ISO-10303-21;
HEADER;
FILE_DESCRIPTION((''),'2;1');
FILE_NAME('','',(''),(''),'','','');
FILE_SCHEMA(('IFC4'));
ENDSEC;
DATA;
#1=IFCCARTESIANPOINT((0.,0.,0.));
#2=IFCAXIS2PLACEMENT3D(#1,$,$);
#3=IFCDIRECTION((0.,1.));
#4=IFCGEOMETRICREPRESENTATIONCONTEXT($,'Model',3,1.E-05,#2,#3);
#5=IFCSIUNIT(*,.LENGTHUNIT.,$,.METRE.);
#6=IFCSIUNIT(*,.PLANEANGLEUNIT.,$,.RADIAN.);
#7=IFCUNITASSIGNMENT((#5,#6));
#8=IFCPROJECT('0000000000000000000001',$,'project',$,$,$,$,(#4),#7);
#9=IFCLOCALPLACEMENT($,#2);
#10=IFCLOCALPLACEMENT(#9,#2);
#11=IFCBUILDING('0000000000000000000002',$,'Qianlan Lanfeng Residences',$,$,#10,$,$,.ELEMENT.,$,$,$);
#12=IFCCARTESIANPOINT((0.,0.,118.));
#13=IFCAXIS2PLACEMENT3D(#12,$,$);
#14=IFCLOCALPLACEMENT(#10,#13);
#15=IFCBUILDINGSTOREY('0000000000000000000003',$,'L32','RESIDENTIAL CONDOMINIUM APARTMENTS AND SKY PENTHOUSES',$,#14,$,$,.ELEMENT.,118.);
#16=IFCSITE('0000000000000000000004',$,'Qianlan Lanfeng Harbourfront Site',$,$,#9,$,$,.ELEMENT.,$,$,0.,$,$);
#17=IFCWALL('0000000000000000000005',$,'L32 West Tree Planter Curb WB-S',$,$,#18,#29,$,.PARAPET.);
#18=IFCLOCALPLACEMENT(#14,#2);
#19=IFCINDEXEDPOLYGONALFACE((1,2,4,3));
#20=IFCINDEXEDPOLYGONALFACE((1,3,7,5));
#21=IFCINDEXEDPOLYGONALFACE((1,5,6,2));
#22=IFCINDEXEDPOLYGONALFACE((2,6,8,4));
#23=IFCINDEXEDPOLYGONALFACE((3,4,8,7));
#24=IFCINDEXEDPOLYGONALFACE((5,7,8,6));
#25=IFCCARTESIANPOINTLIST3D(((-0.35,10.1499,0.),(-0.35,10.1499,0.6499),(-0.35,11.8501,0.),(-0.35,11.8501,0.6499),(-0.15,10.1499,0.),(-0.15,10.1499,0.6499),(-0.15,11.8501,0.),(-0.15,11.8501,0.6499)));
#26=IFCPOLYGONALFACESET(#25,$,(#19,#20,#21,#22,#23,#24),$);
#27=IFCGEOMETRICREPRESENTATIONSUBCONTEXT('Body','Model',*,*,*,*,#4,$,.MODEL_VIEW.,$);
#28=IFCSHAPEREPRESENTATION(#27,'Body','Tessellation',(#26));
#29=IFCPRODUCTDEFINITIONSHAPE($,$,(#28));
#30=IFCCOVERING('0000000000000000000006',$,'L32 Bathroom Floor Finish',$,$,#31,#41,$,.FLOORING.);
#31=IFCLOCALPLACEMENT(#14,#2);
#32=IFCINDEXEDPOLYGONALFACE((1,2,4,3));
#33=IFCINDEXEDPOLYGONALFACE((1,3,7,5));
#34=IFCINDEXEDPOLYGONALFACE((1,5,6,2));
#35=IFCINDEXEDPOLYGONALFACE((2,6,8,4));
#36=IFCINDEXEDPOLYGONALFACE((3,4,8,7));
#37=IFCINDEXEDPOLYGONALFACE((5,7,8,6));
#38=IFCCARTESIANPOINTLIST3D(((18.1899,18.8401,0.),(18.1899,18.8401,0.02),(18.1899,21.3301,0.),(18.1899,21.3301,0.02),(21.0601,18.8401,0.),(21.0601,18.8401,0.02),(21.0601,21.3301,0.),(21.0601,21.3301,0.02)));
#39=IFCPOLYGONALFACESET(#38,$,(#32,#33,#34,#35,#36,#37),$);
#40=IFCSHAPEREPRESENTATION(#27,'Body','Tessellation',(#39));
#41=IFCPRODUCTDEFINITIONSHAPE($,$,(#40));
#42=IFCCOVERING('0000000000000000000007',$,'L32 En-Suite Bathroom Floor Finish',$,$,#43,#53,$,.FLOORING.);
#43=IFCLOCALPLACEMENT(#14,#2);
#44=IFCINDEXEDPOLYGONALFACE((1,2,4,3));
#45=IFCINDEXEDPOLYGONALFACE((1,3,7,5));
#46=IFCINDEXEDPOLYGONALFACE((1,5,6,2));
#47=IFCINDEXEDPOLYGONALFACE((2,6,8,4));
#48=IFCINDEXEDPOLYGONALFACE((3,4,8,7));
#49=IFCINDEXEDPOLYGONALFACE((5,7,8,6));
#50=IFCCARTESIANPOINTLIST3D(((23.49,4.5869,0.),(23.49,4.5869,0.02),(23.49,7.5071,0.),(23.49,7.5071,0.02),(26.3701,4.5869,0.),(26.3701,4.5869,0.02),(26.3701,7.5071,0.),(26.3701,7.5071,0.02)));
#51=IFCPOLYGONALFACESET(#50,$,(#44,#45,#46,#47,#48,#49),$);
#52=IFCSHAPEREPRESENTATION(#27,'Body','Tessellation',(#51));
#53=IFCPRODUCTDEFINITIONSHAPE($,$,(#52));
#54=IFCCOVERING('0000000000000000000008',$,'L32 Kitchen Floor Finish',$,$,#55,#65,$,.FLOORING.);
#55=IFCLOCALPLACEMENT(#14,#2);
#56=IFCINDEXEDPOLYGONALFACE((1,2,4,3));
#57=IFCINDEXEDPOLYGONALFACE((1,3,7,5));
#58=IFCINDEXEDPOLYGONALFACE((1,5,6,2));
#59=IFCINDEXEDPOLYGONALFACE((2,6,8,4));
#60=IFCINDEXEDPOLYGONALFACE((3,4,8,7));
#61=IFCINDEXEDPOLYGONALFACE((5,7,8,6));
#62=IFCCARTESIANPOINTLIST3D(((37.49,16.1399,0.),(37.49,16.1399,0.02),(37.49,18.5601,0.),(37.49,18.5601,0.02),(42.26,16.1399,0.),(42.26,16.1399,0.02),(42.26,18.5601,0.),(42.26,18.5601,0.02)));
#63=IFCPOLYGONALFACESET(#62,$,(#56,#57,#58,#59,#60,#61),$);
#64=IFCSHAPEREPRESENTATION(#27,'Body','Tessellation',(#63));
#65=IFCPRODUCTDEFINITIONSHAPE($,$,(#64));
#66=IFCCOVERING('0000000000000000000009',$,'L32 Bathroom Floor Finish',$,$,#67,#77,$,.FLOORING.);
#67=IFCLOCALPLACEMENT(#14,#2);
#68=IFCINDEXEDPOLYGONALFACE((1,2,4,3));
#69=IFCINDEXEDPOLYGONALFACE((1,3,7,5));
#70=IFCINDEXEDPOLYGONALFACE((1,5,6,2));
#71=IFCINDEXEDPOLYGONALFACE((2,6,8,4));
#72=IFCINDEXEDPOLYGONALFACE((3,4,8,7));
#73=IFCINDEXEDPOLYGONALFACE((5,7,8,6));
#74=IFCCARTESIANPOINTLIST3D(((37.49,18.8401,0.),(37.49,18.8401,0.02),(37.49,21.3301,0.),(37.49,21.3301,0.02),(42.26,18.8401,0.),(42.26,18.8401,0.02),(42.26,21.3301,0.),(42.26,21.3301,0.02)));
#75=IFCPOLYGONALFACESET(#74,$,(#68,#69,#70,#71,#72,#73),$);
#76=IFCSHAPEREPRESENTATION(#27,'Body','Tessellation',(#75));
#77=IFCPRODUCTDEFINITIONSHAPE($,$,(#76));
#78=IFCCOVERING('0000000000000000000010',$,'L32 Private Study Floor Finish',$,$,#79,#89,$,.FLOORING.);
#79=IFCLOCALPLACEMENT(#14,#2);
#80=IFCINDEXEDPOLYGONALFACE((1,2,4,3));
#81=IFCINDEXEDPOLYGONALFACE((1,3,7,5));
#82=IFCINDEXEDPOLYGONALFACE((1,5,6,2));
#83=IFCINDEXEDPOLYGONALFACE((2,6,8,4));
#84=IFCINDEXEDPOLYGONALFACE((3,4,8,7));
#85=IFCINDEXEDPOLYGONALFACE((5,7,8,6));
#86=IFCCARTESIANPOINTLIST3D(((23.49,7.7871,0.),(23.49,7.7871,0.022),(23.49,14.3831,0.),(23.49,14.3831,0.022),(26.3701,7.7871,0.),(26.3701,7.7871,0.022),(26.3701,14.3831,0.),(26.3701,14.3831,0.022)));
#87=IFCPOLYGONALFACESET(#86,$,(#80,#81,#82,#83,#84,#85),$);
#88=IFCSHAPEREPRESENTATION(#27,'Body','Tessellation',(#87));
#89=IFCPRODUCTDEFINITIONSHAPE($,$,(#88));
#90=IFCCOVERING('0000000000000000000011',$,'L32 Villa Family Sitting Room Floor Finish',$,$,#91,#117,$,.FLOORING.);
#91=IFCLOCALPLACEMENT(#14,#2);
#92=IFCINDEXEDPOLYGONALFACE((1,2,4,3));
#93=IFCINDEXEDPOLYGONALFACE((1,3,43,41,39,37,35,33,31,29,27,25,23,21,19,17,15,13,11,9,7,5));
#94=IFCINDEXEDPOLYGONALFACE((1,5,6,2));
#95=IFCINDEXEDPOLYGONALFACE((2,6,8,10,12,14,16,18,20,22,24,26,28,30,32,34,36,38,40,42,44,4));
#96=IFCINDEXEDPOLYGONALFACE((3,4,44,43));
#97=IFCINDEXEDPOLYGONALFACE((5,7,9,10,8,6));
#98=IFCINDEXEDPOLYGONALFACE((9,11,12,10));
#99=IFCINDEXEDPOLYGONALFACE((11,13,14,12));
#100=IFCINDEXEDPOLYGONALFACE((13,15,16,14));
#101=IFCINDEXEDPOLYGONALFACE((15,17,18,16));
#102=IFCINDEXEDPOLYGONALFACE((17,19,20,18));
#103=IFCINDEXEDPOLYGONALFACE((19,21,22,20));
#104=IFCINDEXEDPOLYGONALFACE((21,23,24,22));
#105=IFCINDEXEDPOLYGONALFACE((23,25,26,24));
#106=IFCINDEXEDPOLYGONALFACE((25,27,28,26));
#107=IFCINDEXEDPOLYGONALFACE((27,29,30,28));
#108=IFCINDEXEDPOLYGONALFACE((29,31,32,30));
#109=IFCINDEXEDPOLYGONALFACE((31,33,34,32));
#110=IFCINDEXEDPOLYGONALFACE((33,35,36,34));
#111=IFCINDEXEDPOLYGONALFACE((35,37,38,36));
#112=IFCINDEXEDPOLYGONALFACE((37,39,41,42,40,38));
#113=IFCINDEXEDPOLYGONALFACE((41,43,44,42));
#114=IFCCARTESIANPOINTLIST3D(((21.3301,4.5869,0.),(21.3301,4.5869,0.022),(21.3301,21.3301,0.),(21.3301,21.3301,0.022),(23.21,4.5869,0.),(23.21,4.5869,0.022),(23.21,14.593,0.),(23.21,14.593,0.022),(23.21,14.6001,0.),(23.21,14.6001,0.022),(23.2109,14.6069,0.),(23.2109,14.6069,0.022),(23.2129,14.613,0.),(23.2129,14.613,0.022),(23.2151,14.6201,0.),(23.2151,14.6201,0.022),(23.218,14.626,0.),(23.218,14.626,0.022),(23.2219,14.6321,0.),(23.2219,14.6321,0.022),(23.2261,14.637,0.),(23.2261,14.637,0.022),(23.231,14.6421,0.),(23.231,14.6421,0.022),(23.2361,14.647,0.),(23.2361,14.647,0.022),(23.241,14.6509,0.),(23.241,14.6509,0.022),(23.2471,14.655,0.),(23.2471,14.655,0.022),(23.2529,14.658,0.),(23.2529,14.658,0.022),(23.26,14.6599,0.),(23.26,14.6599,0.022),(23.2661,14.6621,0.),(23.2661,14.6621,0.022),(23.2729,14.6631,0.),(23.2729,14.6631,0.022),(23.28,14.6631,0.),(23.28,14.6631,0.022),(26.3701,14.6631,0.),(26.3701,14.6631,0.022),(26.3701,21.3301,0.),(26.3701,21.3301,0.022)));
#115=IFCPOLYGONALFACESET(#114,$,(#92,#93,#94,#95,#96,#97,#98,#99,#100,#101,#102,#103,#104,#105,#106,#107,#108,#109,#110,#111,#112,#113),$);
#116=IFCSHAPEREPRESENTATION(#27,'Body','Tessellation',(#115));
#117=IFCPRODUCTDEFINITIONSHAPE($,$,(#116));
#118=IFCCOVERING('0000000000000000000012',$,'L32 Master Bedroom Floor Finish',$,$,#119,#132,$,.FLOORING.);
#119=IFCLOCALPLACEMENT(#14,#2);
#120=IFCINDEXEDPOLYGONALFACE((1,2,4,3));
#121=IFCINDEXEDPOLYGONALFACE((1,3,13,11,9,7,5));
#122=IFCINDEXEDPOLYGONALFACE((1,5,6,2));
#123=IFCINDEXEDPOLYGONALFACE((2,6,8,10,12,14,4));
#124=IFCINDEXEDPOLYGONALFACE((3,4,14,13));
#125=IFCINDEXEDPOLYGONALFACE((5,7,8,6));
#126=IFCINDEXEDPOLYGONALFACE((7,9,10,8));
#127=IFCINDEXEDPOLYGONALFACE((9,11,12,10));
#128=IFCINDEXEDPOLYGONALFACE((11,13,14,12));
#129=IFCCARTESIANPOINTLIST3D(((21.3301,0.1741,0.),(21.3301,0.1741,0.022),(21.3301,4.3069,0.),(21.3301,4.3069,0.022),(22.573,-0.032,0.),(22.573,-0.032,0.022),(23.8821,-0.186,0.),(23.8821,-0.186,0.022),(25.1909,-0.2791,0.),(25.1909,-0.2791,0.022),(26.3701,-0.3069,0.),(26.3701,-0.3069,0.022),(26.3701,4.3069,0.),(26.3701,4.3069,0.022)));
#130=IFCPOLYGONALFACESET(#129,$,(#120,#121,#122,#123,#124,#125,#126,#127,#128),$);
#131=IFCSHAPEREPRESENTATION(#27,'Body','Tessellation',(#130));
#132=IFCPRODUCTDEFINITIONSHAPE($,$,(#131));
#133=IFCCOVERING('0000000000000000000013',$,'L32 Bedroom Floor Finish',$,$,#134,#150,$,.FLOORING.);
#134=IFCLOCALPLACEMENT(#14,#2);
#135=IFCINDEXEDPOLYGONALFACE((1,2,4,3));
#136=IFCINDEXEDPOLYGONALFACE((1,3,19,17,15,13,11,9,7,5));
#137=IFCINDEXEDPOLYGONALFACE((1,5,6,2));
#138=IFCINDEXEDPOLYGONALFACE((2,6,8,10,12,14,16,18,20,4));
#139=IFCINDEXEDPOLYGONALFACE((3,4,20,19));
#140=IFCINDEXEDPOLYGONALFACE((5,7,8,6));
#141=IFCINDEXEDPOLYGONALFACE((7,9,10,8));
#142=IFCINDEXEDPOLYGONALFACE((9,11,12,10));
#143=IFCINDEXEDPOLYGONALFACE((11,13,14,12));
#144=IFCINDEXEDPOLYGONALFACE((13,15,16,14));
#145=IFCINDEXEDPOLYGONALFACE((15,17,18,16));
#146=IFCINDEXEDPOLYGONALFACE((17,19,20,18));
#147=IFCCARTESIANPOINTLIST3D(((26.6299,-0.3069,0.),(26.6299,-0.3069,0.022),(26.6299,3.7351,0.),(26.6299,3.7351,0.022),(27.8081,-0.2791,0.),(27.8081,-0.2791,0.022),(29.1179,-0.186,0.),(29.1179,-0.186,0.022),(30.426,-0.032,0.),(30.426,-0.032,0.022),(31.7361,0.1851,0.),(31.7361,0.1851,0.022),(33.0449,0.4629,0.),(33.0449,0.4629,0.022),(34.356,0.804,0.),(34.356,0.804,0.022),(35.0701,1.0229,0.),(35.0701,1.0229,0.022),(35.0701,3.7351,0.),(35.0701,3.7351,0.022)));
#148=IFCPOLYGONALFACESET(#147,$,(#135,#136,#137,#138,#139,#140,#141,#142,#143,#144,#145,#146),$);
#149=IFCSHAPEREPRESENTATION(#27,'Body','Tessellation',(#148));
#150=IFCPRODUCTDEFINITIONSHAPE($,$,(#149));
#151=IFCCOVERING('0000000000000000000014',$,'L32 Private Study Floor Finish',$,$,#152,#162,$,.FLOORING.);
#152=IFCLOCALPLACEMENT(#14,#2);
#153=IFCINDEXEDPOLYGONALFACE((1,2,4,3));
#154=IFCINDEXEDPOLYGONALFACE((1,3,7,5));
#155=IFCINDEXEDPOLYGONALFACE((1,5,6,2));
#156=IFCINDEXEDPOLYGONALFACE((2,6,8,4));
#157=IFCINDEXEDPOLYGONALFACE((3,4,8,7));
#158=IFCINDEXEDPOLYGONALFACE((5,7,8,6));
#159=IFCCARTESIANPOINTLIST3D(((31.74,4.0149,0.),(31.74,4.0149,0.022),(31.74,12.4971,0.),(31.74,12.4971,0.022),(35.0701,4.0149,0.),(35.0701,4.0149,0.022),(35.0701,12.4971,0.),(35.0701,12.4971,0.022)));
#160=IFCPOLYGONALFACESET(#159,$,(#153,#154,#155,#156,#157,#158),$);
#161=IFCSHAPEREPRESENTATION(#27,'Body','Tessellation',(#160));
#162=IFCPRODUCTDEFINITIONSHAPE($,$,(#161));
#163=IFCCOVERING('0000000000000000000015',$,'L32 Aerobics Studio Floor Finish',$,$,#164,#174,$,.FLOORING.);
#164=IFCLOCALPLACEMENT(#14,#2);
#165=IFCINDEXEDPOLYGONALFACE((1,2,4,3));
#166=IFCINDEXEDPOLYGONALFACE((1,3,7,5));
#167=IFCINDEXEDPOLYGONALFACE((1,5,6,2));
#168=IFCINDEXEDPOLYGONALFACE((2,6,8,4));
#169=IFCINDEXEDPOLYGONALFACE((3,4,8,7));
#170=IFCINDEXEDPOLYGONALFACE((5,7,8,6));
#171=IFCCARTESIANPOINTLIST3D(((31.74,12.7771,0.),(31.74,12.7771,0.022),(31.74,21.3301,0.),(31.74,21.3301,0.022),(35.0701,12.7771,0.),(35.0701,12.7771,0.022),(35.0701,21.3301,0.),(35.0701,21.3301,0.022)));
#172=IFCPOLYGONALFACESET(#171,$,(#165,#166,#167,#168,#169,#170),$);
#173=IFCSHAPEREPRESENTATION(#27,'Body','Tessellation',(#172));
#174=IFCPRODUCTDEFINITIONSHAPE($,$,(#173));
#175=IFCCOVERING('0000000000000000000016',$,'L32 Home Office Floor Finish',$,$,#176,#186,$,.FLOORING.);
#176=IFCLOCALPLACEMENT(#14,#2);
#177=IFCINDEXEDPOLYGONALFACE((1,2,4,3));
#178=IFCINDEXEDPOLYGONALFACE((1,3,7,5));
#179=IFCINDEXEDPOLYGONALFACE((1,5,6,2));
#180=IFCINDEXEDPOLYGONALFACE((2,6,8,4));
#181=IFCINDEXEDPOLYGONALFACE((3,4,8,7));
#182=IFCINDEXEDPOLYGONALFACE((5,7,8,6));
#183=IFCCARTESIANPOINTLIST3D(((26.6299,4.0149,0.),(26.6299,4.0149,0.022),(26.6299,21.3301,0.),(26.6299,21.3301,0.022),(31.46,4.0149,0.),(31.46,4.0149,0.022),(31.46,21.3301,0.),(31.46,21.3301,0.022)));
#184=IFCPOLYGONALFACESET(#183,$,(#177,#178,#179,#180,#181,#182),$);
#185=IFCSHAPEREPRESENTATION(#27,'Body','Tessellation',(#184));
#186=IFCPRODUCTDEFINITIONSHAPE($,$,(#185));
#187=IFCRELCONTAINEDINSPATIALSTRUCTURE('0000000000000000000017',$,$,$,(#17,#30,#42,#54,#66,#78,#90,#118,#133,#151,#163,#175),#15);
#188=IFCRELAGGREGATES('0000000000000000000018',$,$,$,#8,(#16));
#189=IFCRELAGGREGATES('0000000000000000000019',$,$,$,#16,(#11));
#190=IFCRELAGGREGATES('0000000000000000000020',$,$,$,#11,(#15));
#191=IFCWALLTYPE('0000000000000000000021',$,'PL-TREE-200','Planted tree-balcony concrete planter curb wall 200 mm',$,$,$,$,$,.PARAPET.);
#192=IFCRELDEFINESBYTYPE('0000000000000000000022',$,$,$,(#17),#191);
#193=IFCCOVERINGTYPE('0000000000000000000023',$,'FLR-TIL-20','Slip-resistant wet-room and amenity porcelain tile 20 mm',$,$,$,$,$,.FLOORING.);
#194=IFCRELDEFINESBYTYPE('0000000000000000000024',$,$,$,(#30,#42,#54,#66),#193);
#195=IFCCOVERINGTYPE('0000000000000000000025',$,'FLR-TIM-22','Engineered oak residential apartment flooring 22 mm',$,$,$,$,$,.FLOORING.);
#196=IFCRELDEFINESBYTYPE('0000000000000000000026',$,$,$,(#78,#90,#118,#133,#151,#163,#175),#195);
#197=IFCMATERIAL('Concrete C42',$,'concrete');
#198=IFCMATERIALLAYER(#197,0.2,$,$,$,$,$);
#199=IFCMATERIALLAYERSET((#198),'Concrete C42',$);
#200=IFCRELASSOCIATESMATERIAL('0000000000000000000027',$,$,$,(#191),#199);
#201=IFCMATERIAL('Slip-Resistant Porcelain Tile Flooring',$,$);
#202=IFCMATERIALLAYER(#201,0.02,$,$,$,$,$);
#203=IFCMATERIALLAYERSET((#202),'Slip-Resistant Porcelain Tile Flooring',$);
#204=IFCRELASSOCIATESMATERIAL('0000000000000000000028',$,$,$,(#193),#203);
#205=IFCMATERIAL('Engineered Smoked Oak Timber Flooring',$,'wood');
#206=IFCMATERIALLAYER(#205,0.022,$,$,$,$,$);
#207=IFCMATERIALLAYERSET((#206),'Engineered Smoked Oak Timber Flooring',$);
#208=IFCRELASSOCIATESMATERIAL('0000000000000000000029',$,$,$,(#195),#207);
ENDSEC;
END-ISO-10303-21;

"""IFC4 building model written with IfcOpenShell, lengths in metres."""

from ifc_helpers import new_model, si_unit, direction, frame, frame_2d, origin, place, context, subcontext, project, spatial, polyline, rectangle, outline, extrude, material, layer, layer_set, type_object, element, save


model = new_model("IFC4")

# Units and contexts
model_context = context("Model", 3, precision=1e-05, world=origin(), true_north=direction((0.0, 1.0)))
body_context = subcontext(model_context, "Body", "Model", "MODEL_VIEW")
ifc_project = project(units=[si_unit("LENGTHUNIT", "METRE"), si_unit("PLANEANGLEUNIT", "RADIAN")], contexts=[model_context])

# Site, building, storey
site_placement = place(None, origin())
site = spatial("IfcSite", under=ifc_project, at=site_placement, Name="Qianlan Lanfeng Harbourfront Site", CompositionType="ELEMENT", RefElevation=0.0)
building_placement = place(site_placement, origin())
building = spatial("IfcBuilding", under=site, at=building_placement, Name="Qianlan Lanfeng Residences", CompositionType="ELEMENT")
storey_placement = place(building_placement, frame((0.0, 0.0, 118.0)))
storey = spatial("IfcBuildingStorey", under=building, at=storey_placement, Name="L32", Description="RESIDENTIAL CONDOMINIUM APARTMENTS AND SKY PENTHOUSES", CompositionType="ELEMENT", Elevation=118.0)

# Wall
ifc_material_1 = material(Name="Concrete C42", Category="concrete")
ifc_layer_1 = layer(ifc_material_1, 0.2)
ifc_layer_set_1 = layer_set([ifc_layer_1], Name="Concrete C42")
wall_type = type_object("IfcWallType", Name="PL-TREE-200", Description="Planted tree-balcony concrete planter curb wall 200 mm", PredefinedType="PARAPET", material=ifc_layer_set_1)
wall_placement = place(storey_placement, frame((-0.25, 10.1499, 0.0), z_axis=(0.0, 0.0, 1.0), x_axis=(0.0, 1.0, 0.0)))
element("IfcWall", 1, at=wall_placement, inside=storey, type_object=wall_type, Name="L32 West Tree Planter Curb WB-S", PredefinedType="PARAPET", context=body_context, shape_type="SweptSolid", body=[
    extrude(rectangle(XDim=1.7002, YDim=0.2, at=frame_2d((0.8501, 0.0))), origin(), (0.0, 0.0, 1.0), 0.6499),
])

# Coverings
ifc_material_2 = material(Name="Slip-Resistant Porcelain Tile Flooring")
ifc_layer_2 = layer(ifc_material_2, 0.02)
ifc_layer_set_2 = layer_set([ifc_layer_2], Name="Slip-Resistant Porcelain Tile Flooring")
covering_type_1 = type_object("IfcCoveringType", Name="FLR-TIL-20", Description="Slip-resistant wet-room and amenity porcelain tile 20 mm", PredefinedType="FLOORING", material=ifc_layer_set_2)
covering_1_placement = place(storey_placement, origin())
element("IfcCovering", 2, at=covering_1_placement, inside=storey, type_object=covering_type_1, Name="L32 Bathroom Floor Finish", PredefinedType="FLOORING", context=body_context, shape_type="SweptSolid", body=[
    extrude(outline(polyline([(18.1899, 18.8401), (21.0601, 18.8401), (21.0601, 21.3301), (18.1899, 21.3301), (18.1899, 18.8401)])), origin(), (0.0, 0.0, 1.0), 0.02),
])
covering_2_placement = place(storey_placement, origin())
element("IfcCovering", 3, at=covering_2_placement, inside=storey, type_object=covering_type_1, Name="L32 En-Suite Bathroom Floor Finish", PredefinedType="FLOORING", context=body_context, shape_type="SweptSolid", body=[
    extrude(outline(polyline([(23.49, 4.5869), (26.3701, 4.5869), (26.3701, 7.5071), (23.49, 7.5071), (23.49, 4.5869)])), origin(), (0.0, 0.0, 1.0), 0.02),
])
covering_3_placement = place(storey_placement, origin())
element("IfcCovering", 4, at=covering_3_placement, inside=storey, type_object=covering_type_1, Name="L32 Kitchen Floor Finish", PredefinedType="FLOORING", context=body_context, shape_type="SweptSolid", body=[
    extrude(outline(polyline([(37.49, 16.1399), (42.26, 16.1399), (42.26, 18.5601), (37.49, 18.5601), (37.49, 16.1399)])), origin(), (0.0, 0.0, 1.0), 0.02),
])
covering_4_placement = place(storey_placement, origin())
element("IfcCovering", 5, at=covering_4_placement, inside=storey, type_object=covering_type_1, Name="L32 Bathroom Floor Finish", PredefinedType="FLOORING", context=body_context, shape_type="SweptSolid", body=[
    extrude(outline(polyline([(37.49, 18.8401), (42.26, 18.8401), (42.26, 21.3301), (37.49, 21.3301), (37.49, 18.8401)])), origin(), (0.0, 0.0, 1.0), 0.02),
])
ifc_material_3 = material(Name="Engineered Smoked Oak Timber Flooring", Category="wood")
ifc_layer_3 = layer(ifc_material_3, 0.022)
ifc_layer_set_3 = layer_set([ifc_layer_3], Name="Engineered Smoked Oak Timber Flooring")
covering_type_2 = type_object("IfcCoveringType", Name="FLR-TIM-22", Description="Engineered oak residential apartment flooring 22 mm", PredefinedType="FLOORING", material=ifc_layer_set_3)
covering_5_placement = place(storey_placement, origin())
element("IfcCovering", 6, at=covering_5_placement, inside=storey, type_object=covering_type_2, Name="L32 Private Study Floor Finish", PredefinedType="FLOORING", context=body_context, shape_type="SweptSolid", body=[
    extrude(outline(polyline([(23.49, 7.7871), (26.3701, 7.7871), (26.3701, 14.3831), (23.49, 14.3831), (23.49, 7.7871)])), origin(), (0.0, 0.0, 1.0), 0.022),
])
covering_6_placement = place(storey_placement, origin())
element("IfcCovering", 7, at=covering_6_placement, inside=storey, type_object=covering_type_2, Name="L32 Villa Family Sitting Room Floor Finish", PredefinedType="FLOORING", context=body_context, shape_type="SweptSolid", body=[
    extrude(outline(polyline([(21.3301, 4.5869), (23.21, 4.5869), (23.21, 14.593), (23.21, 14.6001), (23.2109, 14.6069), (23.2129, 14.613), (23.2151, 14.6201), (23.218, 14.626), (23.2219, 14.6321), (23.2261, 14.637), (23.231, 14.6421), (23.2361, 14.647), (23.241, 14.6509), (23.2471, 14.655), (23.2529, 14.658), (23.26, 14.6599), (23.2661, 14.6621), (23.2729, 14.6631), (23.28, 14.6631), (26.3701, 14.6631), (26.3701, 21.3301), (21.3301, 21.3301), (21.3301, 4.5869)])), origin(), (0.0, 0.0, 1.0), 0.022),
])
covering_7_placement = place(storey_placement, origin())
element("IfcCovering", 8, at=covering_7_placement, inside=storey, type_object=covering_type_2, Name="L32 Master Bedroom Floor Finish", PredefinedType="FLOORING", context=body_context, shape_type="SweptSolid", body=[
    extrude(outline(polyline([(21.3301, 4.3069), (21.3301, 0.1741), (22.573, -0.032), (23.8821, -0.186), (25.1909, -0.2791), (26.3701, -0.3069), (26.3701, 4.3069), (21.3301, 4.3069)])), origin(), (0.0, 0.0, 1.0), 0.022),
])
covering_8_placement = place(storey_placement, origin())
element("IfcCovering", 9, at=covering_8_placement, inside=storey, type_object=covering_type_2, Name="L32 Bedroom Floor Finish", PredefinedType="FLOORING", context=body_context, shape_type="SweptSolid", body=[
    extrude(outline(polyline([(26.6299, 3.7351), (26.6299, -0.3069), (27.8081, -0.2791), (29.1179, -0.186), (30.426, -0.032), (31.7361, 0.1851), (33.0449, 0.4629), (34.356, 0.804), (35.0701, 1.0229), (35.0701, 3.7351), (26.6299, 3.7351)])), origin(), (0.0, 0.0, 1.0), 0.022),
])
covering_9_placement = place(storey_placement, origin())
element("IfcCovering", 10, at=covering_9_placement, inside=storey, type_object=covering_type_2, Name="L32 Private Study Floor Finish", PredefinedType="FLOORING", context=body_context, shape_type="SweptSolid", body=[
    extrude(outline(polyline([(31.74, 4.0149), (35.0701, 4.0149), (35.0701, 12.4971), (31.74, 12.4971), (31.74, 4.0149)])), origin(), (0.0, 0.0, 1.0), 0.022),
])
covering_10_placement = place(storey_placement, origin())
element("IfcCovering", 11, at=covering_10_placement, inside=storey, type_object=covering_type_2, Name="L32 Aerobics Studio Floor Finish", PredefinedType="FLOORING", context=body_context, shape_type="SweptSolid", body=[
    extrude(outline(polyline([(31.74, 12.7771), (35.0701, 12.7771), (35.0701, 21.3301), (31.74, 21.3301), (31.74, 12.7771)])), origin(), (0.0, 0.0, 1.0), 0.022),
])
covering_11_placement = place(storey_placement, origin())
element("IfcCovering", 12, at=covering_11_placement, inside=storey, type_object=covering_type_2, Name="L32 Home Office Floor Finish", PredefinedType="FLOORING", context=body_context, shape_type="SweptSolid", body=[
    extrude(outline(polyline([(26.6299, 4.0149), (31.46, 4.0149), (31.46, 21.3301), (26.6299, 21.3301), (26.6299, 4.0149)])), origin(), (0.0, 0.0, 1.0), 0.022),
])

save(model, "model.ifc")
